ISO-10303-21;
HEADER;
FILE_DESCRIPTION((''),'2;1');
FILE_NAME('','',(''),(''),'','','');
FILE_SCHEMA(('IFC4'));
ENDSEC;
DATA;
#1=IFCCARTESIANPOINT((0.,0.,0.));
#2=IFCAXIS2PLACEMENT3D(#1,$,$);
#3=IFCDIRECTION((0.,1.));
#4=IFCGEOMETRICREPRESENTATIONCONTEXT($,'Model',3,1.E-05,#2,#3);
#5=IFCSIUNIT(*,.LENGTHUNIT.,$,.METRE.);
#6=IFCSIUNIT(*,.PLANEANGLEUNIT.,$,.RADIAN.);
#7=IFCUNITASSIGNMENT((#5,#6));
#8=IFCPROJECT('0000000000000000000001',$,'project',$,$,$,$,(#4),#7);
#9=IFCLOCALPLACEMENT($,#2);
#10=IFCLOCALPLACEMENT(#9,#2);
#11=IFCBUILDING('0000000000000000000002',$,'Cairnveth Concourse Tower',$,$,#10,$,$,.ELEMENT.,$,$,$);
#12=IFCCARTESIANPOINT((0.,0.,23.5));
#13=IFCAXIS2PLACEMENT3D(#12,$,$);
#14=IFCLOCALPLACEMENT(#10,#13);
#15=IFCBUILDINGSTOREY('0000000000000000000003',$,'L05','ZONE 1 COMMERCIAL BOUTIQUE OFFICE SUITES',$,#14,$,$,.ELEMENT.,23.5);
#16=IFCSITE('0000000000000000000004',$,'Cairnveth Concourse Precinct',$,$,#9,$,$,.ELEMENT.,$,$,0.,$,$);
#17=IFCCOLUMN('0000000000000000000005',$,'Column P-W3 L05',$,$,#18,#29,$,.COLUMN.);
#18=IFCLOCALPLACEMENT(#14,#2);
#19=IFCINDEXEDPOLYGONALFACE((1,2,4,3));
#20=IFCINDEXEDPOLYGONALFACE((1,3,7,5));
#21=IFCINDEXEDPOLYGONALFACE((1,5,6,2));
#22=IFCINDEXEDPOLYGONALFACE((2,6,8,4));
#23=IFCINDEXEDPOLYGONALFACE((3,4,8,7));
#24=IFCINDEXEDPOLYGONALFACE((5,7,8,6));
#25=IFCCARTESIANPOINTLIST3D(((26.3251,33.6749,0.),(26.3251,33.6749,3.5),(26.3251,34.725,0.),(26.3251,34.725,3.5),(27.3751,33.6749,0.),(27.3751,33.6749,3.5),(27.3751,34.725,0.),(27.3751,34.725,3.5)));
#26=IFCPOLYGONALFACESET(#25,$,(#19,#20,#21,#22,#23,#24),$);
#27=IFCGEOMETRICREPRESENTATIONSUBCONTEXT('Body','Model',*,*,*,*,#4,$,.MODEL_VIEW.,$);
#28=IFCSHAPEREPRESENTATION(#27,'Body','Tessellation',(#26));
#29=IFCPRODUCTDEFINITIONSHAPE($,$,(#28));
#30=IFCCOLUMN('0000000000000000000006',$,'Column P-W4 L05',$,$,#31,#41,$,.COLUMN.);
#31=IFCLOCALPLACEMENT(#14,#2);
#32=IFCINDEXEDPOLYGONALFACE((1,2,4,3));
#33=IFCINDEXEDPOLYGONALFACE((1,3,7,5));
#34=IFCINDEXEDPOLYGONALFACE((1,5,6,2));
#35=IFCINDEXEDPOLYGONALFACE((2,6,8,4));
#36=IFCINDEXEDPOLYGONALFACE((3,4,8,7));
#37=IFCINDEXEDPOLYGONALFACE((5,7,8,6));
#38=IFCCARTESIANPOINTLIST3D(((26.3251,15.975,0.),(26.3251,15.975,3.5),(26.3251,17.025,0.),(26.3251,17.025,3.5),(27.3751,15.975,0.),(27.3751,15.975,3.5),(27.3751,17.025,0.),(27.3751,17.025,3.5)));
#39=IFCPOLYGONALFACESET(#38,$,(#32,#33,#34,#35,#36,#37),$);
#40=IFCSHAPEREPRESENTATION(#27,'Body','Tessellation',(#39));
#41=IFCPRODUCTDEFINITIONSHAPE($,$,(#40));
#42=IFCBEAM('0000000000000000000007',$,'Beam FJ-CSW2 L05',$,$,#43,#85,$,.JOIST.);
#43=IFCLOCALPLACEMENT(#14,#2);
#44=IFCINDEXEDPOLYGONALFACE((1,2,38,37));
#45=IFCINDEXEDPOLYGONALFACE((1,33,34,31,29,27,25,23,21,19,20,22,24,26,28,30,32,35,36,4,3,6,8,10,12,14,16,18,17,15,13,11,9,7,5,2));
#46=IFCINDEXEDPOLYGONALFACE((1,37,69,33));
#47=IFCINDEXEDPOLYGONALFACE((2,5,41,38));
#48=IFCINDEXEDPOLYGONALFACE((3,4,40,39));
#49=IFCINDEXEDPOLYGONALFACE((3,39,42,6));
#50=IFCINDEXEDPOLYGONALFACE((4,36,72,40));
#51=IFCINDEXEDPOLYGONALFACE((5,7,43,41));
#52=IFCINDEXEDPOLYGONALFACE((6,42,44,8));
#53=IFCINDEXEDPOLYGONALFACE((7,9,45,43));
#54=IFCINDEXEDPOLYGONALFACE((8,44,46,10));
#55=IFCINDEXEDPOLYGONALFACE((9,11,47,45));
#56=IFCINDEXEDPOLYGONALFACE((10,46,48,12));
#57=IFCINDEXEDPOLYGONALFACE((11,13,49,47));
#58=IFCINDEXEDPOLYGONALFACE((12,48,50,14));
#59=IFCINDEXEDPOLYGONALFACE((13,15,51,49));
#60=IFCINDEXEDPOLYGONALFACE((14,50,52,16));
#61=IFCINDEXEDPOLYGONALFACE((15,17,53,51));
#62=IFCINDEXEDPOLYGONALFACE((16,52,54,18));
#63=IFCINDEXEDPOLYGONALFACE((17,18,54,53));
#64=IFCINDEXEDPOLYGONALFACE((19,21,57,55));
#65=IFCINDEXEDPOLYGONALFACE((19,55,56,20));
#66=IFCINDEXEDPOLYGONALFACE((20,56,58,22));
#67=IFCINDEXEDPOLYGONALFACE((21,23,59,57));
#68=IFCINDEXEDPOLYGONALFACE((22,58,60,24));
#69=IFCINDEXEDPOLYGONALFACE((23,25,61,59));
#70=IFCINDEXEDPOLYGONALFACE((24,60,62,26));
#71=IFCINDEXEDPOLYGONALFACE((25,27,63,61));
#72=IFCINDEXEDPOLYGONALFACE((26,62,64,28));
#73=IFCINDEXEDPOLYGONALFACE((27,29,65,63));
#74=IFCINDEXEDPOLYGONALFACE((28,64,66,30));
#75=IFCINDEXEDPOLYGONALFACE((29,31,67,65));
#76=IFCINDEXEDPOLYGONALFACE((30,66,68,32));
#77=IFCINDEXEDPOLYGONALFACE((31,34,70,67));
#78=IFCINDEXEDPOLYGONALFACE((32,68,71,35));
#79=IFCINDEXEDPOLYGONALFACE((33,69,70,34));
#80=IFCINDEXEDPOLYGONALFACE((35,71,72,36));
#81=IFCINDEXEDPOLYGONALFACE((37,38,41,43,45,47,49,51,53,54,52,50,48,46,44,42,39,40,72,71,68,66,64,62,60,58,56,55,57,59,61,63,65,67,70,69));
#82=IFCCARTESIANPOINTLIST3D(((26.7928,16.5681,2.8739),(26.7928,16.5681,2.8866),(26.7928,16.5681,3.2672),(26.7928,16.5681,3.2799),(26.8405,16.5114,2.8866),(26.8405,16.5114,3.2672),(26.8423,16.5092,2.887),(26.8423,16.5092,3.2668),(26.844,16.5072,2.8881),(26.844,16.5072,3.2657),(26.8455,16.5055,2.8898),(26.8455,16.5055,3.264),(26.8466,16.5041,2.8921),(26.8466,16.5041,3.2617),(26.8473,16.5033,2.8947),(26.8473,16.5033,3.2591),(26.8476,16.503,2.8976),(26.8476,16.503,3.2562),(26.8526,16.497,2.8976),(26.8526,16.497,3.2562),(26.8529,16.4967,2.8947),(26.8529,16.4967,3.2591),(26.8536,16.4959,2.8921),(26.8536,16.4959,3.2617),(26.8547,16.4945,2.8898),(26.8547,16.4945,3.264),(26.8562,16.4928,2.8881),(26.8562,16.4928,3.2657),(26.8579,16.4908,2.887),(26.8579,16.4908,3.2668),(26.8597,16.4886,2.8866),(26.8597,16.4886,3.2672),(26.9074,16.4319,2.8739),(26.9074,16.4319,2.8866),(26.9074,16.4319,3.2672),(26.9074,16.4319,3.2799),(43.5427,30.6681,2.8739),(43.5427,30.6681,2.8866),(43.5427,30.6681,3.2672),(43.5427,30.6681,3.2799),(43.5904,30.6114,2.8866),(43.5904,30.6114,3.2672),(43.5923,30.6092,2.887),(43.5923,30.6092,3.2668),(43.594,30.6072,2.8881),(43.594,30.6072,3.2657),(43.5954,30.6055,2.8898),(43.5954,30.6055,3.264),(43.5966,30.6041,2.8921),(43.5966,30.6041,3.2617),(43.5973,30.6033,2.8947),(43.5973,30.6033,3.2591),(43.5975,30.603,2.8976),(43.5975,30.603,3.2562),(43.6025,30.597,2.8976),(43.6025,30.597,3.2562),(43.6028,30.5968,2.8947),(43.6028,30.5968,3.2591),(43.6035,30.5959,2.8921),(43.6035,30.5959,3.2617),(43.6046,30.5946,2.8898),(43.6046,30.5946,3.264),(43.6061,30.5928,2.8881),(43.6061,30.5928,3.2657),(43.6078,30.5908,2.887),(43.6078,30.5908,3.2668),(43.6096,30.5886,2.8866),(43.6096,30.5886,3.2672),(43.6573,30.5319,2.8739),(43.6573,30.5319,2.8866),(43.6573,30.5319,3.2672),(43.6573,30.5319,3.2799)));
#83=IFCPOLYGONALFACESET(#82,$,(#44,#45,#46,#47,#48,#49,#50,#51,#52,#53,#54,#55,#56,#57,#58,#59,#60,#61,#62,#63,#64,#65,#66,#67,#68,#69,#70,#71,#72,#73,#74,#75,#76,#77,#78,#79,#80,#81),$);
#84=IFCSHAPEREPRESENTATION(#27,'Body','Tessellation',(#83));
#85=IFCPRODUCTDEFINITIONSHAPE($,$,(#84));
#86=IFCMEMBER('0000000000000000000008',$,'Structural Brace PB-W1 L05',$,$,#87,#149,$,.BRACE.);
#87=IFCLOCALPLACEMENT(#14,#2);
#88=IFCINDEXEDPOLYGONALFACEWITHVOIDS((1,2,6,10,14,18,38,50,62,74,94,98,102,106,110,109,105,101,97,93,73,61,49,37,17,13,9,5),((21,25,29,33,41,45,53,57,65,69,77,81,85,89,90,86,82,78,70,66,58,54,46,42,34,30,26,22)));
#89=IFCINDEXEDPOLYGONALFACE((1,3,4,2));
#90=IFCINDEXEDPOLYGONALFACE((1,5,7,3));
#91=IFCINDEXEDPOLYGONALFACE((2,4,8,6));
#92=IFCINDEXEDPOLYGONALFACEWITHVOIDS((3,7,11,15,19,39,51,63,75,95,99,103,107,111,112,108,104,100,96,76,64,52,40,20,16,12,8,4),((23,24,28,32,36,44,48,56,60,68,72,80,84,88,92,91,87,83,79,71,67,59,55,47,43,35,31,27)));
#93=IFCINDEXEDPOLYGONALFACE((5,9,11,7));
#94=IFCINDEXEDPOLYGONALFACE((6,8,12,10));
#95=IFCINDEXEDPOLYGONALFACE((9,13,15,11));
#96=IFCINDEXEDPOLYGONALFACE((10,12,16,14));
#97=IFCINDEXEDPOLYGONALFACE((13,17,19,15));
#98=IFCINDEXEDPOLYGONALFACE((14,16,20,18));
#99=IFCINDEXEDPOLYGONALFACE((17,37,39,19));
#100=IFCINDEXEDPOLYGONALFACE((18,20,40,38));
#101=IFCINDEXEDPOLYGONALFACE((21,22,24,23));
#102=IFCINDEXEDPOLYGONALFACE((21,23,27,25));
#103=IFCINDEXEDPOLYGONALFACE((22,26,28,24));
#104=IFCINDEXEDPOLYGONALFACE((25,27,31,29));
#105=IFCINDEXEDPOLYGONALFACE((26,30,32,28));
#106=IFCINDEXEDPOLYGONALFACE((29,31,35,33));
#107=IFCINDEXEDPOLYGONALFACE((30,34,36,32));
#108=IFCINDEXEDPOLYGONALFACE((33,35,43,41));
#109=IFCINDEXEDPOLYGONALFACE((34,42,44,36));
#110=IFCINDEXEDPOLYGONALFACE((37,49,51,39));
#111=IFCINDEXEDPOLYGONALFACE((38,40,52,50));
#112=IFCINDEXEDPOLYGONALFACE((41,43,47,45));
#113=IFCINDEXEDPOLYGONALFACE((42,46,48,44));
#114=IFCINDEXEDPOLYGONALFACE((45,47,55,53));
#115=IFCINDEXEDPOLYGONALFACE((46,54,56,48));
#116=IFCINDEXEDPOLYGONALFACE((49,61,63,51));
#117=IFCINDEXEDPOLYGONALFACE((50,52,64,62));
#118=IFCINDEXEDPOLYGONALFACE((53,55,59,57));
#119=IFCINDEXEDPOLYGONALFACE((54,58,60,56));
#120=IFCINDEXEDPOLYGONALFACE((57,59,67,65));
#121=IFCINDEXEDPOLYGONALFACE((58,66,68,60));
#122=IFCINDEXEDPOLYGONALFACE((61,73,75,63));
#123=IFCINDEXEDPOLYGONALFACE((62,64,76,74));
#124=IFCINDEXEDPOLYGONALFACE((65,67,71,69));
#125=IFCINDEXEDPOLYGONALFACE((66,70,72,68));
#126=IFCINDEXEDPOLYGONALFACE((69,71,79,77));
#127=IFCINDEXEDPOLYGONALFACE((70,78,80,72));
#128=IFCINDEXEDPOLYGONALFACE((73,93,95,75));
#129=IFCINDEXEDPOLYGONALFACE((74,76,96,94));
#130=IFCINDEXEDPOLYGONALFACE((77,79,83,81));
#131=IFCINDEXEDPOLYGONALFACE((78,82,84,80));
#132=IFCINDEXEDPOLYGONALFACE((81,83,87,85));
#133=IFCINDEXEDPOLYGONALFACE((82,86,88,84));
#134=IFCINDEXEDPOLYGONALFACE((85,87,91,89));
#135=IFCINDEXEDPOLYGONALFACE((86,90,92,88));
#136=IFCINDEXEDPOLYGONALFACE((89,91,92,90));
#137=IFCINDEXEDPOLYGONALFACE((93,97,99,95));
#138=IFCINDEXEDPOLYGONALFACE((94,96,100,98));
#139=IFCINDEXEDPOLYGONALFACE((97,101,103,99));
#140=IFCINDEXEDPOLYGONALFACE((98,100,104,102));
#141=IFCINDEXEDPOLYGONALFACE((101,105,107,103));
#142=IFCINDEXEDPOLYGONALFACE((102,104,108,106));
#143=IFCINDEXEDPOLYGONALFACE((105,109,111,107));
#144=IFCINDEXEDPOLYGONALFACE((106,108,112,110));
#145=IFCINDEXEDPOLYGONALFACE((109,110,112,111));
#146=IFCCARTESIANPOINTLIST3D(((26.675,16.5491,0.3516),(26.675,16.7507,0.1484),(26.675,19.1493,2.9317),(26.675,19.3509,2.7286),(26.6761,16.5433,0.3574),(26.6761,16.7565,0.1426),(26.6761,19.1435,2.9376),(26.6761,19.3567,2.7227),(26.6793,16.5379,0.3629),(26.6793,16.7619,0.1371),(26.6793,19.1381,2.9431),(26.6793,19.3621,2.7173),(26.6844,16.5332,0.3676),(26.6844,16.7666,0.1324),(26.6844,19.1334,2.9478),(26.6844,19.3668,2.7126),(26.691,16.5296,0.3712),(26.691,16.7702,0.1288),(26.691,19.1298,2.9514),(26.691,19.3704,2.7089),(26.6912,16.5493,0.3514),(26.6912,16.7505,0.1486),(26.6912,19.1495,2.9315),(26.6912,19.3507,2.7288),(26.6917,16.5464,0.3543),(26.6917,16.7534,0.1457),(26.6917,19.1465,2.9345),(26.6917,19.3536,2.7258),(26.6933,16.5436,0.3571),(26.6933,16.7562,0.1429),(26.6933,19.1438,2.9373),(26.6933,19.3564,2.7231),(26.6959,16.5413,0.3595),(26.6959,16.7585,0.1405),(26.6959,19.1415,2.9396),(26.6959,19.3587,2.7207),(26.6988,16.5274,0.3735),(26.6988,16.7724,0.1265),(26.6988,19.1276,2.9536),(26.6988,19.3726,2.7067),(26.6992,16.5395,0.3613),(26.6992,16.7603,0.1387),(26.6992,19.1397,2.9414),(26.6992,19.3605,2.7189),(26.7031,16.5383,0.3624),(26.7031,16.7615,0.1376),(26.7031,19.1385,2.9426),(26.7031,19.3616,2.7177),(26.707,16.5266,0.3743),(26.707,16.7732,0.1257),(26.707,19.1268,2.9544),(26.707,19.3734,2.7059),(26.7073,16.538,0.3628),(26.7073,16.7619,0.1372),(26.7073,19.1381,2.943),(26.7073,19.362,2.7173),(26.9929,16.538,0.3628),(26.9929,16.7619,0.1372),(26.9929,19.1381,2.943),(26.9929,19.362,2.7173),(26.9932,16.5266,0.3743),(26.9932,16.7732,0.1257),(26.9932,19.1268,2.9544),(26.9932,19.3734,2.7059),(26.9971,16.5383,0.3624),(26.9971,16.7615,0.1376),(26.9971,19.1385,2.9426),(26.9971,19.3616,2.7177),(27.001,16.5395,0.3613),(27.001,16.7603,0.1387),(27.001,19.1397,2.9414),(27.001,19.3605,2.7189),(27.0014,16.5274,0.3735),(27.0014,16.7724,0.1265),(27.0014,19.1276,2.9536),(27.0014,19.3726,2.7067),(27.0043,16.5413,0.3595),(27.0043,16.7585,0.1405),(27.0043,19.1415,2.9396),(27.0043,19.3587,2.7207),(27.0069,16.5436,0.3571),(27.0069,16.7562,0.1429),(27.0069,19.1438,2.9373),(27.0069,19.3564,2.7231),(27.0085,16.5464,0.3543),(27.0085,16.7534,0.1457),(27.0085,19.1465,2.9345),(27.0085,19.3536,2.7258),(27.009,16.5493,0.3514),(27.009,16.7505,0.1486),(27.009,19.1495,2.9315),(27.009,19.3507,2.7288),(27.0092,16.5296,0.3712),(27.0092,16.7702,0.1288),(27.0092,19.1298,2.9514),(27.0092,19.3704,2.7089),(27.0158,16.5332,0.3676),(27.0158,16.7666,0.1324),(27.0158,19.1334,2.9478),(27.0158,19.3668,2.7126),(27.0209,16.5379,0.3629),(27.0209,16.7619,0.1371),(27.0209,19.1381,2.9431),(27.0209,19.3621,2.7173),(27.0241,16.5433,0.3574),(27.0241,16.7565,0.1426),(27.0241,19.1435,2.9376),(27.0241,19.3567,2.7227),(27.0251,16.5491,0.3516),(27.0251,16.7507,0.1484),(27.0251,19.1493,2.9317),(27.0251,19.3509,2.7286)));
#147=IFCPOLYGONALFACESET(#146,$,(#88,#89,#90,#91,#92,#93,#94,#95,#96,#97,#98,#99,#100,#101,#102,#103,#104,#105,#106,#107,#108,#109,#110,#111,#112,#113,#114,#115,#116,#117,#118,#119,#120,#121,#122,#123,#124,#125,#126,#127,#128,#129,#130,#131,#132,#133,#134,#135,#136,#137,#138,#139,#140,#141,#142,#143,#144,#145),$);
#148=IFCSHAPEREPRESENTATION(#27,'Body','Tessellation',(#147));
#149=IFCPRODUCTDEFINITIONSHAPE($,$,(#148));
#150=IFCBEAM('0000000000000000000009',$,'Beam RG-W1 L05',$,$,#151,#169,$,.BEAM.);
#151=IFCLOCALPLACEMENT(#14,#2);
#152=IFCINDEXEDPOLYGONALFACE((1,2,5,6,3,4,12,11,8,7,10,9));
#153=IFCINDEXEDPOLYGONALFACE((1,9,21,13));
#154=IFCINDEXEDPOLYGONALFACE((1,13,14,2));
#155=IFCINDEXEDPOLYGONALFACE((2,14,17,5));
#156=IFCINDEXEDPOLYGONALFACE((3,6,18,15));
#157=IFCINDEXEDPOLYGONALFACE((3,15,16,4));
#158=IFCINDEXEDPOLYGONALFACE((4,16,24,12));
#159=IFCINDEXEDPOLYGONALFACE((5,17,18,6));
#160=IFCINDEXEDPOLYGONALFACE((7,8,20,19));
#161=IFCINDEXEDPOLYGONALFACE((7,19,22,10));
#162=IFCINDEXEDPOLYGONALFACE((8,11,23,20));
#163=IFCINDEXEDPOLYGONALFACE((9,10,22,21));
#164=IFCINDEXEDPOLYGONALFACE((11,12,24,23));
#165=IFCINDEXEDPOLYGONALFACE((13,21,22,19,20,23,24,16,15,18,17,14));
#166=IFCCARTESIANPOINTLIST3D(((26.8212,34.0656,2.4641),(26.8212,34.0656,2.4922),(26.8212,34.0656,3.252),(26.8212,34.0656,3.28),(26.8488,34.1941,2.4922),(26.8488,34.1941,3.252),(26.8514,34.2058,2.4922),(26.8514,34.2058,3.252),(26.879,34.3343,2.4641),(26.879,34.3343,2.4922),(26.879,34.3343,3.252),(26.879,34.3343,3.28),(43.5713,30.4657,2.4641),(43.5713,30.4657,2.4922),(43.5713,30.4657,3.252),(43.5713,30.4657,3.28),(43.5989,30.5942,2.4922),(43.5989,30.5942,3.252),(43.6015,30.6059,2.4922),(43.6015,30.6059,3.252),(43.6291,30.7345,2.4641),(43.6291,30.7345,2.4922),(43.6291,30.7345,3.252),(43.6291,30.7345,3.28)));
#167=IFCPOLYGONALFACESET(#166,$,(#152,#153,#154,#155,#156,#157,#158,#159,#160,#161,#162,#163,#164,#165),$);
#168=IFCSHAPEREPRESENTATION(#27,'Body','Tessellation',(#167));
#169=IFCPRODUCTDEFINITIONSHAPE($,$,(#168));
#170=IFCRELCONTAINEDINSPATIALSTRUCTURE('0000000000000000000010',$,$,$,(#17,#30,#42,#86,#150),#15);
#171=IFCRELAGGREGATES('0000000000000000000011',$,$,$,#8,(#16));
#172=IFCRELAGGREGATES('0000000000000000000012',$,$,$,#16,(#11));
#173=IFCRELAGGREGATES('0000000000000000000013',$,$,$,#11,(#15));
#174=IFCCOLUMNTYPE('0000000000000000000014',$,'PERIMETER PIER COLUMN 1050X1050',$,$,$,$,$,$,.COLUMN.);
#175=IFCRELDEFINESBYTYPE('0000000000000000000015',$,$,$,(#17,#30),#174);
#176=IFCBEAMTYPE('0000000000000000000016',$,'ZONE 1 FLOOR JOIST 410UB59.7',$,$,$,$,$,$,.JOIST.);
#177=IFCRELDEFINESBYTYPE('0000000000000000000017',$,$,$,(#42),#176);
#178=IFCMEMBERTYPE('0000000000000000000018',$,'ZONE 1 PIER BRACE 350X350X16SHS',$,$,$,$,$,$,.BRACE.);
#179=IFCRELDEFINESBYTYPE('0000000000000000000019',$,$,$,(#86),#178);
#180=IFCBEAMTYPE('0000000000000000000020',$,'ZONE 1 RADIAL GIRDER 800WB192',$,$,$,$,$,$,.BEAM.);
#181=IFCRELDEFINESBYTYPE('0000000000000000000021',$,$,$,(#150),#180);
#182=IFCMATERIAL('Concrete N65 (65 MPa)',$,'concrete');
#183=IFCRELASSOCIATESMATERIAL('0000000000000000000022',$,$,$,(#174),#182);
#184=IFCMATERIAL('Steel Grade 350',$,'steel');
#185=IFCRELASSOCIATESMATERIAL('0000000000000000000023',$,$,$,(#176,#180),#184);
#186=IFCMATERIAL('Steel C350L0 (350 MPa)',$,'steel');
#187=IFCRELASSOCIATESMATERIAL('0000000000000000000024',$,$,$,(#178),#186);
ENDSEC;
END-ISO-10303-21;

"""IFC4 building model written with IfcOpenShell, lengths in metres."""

from ifc_helpers import new_model, si_unit, direction, frame, origin, origin_2d, place, context, subcontext, project, spatial, rectangle, hollow_rectangle, i_section, extrude, material, material_profile, profile_set, type_object, element, save


model = new_model("IFC4")

# Units and contexts
model_context = context("Model", 3, precision=1e-05, world=origin(), true_north=direction((0.0, 1.0)))
body_context = subcontext(model_context, "Body", "Model", "MODEL_VIEW")
ifc_project = project(units=[si_unit("LENGTHUNIT", "METRE"), si_unit("PLANEANGLEUNIT", "RADIAN")], contexts=[model_context])

# Site, building, storey
site_placement = place(None, origin())
site = spatial("IfcSite", under=ifc_project, at=site_placement, Name="Cairnveth Concourse Precinct", CompositionType="ELEMENT", RefElevation=0.0)
building_placement = place(site_placement, origin())
building = spatial("IfcBuilding", under=site, at=building_placement, Name="Cairnveth Concourse Tower", CompositionType="ELEMENT")
storey_placement = place(building_placement, frame((0.0, 0.0, 23.5)))
storey = spatial("IfcBuildingStorey", under=building, at=storey_placement, Name="L05", Description="ZONE 1 COMMERCIAL BOUTIQUE OFFICE SUITES", CompositionType="ELEMENT", Elevation=23.5)

# Columns
ifc_material_1 = material(Name="Concrete N65 (65 MPa)", Category="concrete")
ifc_material_profile_1 = material_profile(ifc_material_1, rectangle(XDim=1.05, YDim=1.05, at=origin_2d()), Name="RC-COL-1050x1050")
ifc_profile_set_1 = profile_set([ifc_material_profile_1], Name="Concrete N65 (65 MPa)")
column_type = type_object("IfcColumnType", Name="PERIMETER PIER COLUMN 1050X1050", PredefinedType="COLUMN", material=ifc_profile_set_1)
for number, where, z_axis, x_axis, name in (
    (1, (26.8501, 34.2, 0.0), (0.0, 0.0, 1.0), (0.0, 1.0, 0.0), "Column P-W3 L05"),
    (2, (26.8501, 16.5, 0.0), (0.0, 0.0, 1.0), (0.0, 1.0, 0.0), "Column P-W4 L05"),
):
    element("IfcColumn", number, at=place(storey_placement, frame(where, z_axis=z_axis, x_axis=x_axis)), inside=storey, type_object=column_type, Name=name, PredefinedType="COLUMN", context=body_context, shape_type="SweptSolid", body=[
        extrude(rectangle(XDim=1.05, YDim=1.05, at=origin_2d()), origin(), (0.0, 0.0, 1.0), 3.5),
    ])

# Beam
ifc_material_2 = material(Name="Steel Grade 350", Category="steel")
ifc_material_profile_2 = material_profile(ifc_material_2, i_section(OverallWidth=0.178, OverallDepth=0.406, WebThickness=0.0078, FlangeThickness=0.0127, FilletRadius=0.011, at=origin_2d()), Name="410UB59.7")
ifc_profile_set_2 = profile_set([ifc_material_profile_2], Name="Steel Grade 350")
beam_type_1 = type_object("IfcBeamType", Name="ZONE 1 FLOOR JOIST 410UB59.7", PredefinedType="JOIST", material=ifc_profile_set_2)
beam_1_placement = place(storey_placement, frame((26.8501, 16.5, 3.0769), z_axis=(0.765027, 0.643998, 0.0), x_axis=(-0.643998, 0.765027, 0.0)))
element("IfcBeam", 3, at=beam_1_placement, inside=storey, type_object=beam_type_1, Name="Beam FJ-CSW2 L05", PredefinedType="JOIST", context=body_context, shape_type="SweptSolid", body=[
    extrude(i_section(OverallWidth=0.178, OverallDepth=0.406, WebThickness=0.0078, FlangeThickness=0.0127, FilletRadius=0.011, at=origin_2d()), origin(), (0.0, 0.0, 1.0), 21.8945),
])

# Member
ifc_material_3 = material(Name="Steel C350L0 (350 MPa)", Category="steel")
ifc_material_profile_3 = material_profile(ifc_material_3, hollow_rectangle(XDim=0.3501, YDim=0.3501, WallThickness=0.0161, InnerFilletRadius=0.0161, OuterFilletRadius=0.032, at=origin_2d()), Name="350x350x16.0SHS")
ifc_profile_set_3 = profile_set([ifc_material_profile_3], Name="Steel C350L0 (350 MPa)")
member_type = type_object("IfcMemberType", Name="ZONE 1 PIER BRACE 350X350X16SHS", PredefinedType="BRACE", material=ifc_profile_set_3)
member_placement = place(storey_placement, frame((26.8501, 16.6499, 0.25), z_axis=(0.0, 0.709834, 0.704369), x_axis=(-1.0, 0.0, 0.0)))
element("IfcMember", 4, at=member_placement, inside=storey, type_object=member_type, Name="Structural Brace PB-W1 L05", PredefinedType="BRACE", context=body_context, shape_type="SweptSolid", body=[
    extrude(hollow_rectangle(XDim=0.3501, YDim=0.3501, WallThickness=0.0161, InnerFilletRadius=0.0161, OuterFilletRadius=0.032, at=origin_2d()), origin(), (0.0, 0.0, 1.0), 3.6631),
])

# Beam
ifc_material_profile_4 = material_profile(ifc_material_2, i_section(OverallWidth=0.2749, OverallDepth=0.8159, WebThickness=0.012, FlangeThickness=0.0281, at=origin_2d()), Name="800WB192")
ifc_profile_set_4 = profile_set([ifc_material_profile_4], Name="Steel Grade 350")
beam_type_2 = type_object("IfcBeamType", Name="ZONE 1 RADIAL GIRDER 800WB192", PredefinedType="BEAM", material=ifc_profile_set_4)
beam_2_placement = place(storey_placement, frame((26.8501, 34.2, 2.8721), z_axis=(0.977676, -0.210119, 0.0), x_axis=(0.210119, 0.977676, 0.0)))
element("IfcBeam", 5, at=beam_2_placement, inside=storey, type_object=beam_type_2, Name="Beam RG-W1 L05", PredefinedType="BEAM", context=body_context, shape_type="SweptSolid", body=[
    extrude(i_section(OverallWidth=0.2749, OverallDepth=0.8159, WebThickness=0.012, FlangeThickness=0.0281, at=origin_2d()), origin(), (0.0, 0.0, 1.0), 17.1326),
])

save(model, "model.ifc")
